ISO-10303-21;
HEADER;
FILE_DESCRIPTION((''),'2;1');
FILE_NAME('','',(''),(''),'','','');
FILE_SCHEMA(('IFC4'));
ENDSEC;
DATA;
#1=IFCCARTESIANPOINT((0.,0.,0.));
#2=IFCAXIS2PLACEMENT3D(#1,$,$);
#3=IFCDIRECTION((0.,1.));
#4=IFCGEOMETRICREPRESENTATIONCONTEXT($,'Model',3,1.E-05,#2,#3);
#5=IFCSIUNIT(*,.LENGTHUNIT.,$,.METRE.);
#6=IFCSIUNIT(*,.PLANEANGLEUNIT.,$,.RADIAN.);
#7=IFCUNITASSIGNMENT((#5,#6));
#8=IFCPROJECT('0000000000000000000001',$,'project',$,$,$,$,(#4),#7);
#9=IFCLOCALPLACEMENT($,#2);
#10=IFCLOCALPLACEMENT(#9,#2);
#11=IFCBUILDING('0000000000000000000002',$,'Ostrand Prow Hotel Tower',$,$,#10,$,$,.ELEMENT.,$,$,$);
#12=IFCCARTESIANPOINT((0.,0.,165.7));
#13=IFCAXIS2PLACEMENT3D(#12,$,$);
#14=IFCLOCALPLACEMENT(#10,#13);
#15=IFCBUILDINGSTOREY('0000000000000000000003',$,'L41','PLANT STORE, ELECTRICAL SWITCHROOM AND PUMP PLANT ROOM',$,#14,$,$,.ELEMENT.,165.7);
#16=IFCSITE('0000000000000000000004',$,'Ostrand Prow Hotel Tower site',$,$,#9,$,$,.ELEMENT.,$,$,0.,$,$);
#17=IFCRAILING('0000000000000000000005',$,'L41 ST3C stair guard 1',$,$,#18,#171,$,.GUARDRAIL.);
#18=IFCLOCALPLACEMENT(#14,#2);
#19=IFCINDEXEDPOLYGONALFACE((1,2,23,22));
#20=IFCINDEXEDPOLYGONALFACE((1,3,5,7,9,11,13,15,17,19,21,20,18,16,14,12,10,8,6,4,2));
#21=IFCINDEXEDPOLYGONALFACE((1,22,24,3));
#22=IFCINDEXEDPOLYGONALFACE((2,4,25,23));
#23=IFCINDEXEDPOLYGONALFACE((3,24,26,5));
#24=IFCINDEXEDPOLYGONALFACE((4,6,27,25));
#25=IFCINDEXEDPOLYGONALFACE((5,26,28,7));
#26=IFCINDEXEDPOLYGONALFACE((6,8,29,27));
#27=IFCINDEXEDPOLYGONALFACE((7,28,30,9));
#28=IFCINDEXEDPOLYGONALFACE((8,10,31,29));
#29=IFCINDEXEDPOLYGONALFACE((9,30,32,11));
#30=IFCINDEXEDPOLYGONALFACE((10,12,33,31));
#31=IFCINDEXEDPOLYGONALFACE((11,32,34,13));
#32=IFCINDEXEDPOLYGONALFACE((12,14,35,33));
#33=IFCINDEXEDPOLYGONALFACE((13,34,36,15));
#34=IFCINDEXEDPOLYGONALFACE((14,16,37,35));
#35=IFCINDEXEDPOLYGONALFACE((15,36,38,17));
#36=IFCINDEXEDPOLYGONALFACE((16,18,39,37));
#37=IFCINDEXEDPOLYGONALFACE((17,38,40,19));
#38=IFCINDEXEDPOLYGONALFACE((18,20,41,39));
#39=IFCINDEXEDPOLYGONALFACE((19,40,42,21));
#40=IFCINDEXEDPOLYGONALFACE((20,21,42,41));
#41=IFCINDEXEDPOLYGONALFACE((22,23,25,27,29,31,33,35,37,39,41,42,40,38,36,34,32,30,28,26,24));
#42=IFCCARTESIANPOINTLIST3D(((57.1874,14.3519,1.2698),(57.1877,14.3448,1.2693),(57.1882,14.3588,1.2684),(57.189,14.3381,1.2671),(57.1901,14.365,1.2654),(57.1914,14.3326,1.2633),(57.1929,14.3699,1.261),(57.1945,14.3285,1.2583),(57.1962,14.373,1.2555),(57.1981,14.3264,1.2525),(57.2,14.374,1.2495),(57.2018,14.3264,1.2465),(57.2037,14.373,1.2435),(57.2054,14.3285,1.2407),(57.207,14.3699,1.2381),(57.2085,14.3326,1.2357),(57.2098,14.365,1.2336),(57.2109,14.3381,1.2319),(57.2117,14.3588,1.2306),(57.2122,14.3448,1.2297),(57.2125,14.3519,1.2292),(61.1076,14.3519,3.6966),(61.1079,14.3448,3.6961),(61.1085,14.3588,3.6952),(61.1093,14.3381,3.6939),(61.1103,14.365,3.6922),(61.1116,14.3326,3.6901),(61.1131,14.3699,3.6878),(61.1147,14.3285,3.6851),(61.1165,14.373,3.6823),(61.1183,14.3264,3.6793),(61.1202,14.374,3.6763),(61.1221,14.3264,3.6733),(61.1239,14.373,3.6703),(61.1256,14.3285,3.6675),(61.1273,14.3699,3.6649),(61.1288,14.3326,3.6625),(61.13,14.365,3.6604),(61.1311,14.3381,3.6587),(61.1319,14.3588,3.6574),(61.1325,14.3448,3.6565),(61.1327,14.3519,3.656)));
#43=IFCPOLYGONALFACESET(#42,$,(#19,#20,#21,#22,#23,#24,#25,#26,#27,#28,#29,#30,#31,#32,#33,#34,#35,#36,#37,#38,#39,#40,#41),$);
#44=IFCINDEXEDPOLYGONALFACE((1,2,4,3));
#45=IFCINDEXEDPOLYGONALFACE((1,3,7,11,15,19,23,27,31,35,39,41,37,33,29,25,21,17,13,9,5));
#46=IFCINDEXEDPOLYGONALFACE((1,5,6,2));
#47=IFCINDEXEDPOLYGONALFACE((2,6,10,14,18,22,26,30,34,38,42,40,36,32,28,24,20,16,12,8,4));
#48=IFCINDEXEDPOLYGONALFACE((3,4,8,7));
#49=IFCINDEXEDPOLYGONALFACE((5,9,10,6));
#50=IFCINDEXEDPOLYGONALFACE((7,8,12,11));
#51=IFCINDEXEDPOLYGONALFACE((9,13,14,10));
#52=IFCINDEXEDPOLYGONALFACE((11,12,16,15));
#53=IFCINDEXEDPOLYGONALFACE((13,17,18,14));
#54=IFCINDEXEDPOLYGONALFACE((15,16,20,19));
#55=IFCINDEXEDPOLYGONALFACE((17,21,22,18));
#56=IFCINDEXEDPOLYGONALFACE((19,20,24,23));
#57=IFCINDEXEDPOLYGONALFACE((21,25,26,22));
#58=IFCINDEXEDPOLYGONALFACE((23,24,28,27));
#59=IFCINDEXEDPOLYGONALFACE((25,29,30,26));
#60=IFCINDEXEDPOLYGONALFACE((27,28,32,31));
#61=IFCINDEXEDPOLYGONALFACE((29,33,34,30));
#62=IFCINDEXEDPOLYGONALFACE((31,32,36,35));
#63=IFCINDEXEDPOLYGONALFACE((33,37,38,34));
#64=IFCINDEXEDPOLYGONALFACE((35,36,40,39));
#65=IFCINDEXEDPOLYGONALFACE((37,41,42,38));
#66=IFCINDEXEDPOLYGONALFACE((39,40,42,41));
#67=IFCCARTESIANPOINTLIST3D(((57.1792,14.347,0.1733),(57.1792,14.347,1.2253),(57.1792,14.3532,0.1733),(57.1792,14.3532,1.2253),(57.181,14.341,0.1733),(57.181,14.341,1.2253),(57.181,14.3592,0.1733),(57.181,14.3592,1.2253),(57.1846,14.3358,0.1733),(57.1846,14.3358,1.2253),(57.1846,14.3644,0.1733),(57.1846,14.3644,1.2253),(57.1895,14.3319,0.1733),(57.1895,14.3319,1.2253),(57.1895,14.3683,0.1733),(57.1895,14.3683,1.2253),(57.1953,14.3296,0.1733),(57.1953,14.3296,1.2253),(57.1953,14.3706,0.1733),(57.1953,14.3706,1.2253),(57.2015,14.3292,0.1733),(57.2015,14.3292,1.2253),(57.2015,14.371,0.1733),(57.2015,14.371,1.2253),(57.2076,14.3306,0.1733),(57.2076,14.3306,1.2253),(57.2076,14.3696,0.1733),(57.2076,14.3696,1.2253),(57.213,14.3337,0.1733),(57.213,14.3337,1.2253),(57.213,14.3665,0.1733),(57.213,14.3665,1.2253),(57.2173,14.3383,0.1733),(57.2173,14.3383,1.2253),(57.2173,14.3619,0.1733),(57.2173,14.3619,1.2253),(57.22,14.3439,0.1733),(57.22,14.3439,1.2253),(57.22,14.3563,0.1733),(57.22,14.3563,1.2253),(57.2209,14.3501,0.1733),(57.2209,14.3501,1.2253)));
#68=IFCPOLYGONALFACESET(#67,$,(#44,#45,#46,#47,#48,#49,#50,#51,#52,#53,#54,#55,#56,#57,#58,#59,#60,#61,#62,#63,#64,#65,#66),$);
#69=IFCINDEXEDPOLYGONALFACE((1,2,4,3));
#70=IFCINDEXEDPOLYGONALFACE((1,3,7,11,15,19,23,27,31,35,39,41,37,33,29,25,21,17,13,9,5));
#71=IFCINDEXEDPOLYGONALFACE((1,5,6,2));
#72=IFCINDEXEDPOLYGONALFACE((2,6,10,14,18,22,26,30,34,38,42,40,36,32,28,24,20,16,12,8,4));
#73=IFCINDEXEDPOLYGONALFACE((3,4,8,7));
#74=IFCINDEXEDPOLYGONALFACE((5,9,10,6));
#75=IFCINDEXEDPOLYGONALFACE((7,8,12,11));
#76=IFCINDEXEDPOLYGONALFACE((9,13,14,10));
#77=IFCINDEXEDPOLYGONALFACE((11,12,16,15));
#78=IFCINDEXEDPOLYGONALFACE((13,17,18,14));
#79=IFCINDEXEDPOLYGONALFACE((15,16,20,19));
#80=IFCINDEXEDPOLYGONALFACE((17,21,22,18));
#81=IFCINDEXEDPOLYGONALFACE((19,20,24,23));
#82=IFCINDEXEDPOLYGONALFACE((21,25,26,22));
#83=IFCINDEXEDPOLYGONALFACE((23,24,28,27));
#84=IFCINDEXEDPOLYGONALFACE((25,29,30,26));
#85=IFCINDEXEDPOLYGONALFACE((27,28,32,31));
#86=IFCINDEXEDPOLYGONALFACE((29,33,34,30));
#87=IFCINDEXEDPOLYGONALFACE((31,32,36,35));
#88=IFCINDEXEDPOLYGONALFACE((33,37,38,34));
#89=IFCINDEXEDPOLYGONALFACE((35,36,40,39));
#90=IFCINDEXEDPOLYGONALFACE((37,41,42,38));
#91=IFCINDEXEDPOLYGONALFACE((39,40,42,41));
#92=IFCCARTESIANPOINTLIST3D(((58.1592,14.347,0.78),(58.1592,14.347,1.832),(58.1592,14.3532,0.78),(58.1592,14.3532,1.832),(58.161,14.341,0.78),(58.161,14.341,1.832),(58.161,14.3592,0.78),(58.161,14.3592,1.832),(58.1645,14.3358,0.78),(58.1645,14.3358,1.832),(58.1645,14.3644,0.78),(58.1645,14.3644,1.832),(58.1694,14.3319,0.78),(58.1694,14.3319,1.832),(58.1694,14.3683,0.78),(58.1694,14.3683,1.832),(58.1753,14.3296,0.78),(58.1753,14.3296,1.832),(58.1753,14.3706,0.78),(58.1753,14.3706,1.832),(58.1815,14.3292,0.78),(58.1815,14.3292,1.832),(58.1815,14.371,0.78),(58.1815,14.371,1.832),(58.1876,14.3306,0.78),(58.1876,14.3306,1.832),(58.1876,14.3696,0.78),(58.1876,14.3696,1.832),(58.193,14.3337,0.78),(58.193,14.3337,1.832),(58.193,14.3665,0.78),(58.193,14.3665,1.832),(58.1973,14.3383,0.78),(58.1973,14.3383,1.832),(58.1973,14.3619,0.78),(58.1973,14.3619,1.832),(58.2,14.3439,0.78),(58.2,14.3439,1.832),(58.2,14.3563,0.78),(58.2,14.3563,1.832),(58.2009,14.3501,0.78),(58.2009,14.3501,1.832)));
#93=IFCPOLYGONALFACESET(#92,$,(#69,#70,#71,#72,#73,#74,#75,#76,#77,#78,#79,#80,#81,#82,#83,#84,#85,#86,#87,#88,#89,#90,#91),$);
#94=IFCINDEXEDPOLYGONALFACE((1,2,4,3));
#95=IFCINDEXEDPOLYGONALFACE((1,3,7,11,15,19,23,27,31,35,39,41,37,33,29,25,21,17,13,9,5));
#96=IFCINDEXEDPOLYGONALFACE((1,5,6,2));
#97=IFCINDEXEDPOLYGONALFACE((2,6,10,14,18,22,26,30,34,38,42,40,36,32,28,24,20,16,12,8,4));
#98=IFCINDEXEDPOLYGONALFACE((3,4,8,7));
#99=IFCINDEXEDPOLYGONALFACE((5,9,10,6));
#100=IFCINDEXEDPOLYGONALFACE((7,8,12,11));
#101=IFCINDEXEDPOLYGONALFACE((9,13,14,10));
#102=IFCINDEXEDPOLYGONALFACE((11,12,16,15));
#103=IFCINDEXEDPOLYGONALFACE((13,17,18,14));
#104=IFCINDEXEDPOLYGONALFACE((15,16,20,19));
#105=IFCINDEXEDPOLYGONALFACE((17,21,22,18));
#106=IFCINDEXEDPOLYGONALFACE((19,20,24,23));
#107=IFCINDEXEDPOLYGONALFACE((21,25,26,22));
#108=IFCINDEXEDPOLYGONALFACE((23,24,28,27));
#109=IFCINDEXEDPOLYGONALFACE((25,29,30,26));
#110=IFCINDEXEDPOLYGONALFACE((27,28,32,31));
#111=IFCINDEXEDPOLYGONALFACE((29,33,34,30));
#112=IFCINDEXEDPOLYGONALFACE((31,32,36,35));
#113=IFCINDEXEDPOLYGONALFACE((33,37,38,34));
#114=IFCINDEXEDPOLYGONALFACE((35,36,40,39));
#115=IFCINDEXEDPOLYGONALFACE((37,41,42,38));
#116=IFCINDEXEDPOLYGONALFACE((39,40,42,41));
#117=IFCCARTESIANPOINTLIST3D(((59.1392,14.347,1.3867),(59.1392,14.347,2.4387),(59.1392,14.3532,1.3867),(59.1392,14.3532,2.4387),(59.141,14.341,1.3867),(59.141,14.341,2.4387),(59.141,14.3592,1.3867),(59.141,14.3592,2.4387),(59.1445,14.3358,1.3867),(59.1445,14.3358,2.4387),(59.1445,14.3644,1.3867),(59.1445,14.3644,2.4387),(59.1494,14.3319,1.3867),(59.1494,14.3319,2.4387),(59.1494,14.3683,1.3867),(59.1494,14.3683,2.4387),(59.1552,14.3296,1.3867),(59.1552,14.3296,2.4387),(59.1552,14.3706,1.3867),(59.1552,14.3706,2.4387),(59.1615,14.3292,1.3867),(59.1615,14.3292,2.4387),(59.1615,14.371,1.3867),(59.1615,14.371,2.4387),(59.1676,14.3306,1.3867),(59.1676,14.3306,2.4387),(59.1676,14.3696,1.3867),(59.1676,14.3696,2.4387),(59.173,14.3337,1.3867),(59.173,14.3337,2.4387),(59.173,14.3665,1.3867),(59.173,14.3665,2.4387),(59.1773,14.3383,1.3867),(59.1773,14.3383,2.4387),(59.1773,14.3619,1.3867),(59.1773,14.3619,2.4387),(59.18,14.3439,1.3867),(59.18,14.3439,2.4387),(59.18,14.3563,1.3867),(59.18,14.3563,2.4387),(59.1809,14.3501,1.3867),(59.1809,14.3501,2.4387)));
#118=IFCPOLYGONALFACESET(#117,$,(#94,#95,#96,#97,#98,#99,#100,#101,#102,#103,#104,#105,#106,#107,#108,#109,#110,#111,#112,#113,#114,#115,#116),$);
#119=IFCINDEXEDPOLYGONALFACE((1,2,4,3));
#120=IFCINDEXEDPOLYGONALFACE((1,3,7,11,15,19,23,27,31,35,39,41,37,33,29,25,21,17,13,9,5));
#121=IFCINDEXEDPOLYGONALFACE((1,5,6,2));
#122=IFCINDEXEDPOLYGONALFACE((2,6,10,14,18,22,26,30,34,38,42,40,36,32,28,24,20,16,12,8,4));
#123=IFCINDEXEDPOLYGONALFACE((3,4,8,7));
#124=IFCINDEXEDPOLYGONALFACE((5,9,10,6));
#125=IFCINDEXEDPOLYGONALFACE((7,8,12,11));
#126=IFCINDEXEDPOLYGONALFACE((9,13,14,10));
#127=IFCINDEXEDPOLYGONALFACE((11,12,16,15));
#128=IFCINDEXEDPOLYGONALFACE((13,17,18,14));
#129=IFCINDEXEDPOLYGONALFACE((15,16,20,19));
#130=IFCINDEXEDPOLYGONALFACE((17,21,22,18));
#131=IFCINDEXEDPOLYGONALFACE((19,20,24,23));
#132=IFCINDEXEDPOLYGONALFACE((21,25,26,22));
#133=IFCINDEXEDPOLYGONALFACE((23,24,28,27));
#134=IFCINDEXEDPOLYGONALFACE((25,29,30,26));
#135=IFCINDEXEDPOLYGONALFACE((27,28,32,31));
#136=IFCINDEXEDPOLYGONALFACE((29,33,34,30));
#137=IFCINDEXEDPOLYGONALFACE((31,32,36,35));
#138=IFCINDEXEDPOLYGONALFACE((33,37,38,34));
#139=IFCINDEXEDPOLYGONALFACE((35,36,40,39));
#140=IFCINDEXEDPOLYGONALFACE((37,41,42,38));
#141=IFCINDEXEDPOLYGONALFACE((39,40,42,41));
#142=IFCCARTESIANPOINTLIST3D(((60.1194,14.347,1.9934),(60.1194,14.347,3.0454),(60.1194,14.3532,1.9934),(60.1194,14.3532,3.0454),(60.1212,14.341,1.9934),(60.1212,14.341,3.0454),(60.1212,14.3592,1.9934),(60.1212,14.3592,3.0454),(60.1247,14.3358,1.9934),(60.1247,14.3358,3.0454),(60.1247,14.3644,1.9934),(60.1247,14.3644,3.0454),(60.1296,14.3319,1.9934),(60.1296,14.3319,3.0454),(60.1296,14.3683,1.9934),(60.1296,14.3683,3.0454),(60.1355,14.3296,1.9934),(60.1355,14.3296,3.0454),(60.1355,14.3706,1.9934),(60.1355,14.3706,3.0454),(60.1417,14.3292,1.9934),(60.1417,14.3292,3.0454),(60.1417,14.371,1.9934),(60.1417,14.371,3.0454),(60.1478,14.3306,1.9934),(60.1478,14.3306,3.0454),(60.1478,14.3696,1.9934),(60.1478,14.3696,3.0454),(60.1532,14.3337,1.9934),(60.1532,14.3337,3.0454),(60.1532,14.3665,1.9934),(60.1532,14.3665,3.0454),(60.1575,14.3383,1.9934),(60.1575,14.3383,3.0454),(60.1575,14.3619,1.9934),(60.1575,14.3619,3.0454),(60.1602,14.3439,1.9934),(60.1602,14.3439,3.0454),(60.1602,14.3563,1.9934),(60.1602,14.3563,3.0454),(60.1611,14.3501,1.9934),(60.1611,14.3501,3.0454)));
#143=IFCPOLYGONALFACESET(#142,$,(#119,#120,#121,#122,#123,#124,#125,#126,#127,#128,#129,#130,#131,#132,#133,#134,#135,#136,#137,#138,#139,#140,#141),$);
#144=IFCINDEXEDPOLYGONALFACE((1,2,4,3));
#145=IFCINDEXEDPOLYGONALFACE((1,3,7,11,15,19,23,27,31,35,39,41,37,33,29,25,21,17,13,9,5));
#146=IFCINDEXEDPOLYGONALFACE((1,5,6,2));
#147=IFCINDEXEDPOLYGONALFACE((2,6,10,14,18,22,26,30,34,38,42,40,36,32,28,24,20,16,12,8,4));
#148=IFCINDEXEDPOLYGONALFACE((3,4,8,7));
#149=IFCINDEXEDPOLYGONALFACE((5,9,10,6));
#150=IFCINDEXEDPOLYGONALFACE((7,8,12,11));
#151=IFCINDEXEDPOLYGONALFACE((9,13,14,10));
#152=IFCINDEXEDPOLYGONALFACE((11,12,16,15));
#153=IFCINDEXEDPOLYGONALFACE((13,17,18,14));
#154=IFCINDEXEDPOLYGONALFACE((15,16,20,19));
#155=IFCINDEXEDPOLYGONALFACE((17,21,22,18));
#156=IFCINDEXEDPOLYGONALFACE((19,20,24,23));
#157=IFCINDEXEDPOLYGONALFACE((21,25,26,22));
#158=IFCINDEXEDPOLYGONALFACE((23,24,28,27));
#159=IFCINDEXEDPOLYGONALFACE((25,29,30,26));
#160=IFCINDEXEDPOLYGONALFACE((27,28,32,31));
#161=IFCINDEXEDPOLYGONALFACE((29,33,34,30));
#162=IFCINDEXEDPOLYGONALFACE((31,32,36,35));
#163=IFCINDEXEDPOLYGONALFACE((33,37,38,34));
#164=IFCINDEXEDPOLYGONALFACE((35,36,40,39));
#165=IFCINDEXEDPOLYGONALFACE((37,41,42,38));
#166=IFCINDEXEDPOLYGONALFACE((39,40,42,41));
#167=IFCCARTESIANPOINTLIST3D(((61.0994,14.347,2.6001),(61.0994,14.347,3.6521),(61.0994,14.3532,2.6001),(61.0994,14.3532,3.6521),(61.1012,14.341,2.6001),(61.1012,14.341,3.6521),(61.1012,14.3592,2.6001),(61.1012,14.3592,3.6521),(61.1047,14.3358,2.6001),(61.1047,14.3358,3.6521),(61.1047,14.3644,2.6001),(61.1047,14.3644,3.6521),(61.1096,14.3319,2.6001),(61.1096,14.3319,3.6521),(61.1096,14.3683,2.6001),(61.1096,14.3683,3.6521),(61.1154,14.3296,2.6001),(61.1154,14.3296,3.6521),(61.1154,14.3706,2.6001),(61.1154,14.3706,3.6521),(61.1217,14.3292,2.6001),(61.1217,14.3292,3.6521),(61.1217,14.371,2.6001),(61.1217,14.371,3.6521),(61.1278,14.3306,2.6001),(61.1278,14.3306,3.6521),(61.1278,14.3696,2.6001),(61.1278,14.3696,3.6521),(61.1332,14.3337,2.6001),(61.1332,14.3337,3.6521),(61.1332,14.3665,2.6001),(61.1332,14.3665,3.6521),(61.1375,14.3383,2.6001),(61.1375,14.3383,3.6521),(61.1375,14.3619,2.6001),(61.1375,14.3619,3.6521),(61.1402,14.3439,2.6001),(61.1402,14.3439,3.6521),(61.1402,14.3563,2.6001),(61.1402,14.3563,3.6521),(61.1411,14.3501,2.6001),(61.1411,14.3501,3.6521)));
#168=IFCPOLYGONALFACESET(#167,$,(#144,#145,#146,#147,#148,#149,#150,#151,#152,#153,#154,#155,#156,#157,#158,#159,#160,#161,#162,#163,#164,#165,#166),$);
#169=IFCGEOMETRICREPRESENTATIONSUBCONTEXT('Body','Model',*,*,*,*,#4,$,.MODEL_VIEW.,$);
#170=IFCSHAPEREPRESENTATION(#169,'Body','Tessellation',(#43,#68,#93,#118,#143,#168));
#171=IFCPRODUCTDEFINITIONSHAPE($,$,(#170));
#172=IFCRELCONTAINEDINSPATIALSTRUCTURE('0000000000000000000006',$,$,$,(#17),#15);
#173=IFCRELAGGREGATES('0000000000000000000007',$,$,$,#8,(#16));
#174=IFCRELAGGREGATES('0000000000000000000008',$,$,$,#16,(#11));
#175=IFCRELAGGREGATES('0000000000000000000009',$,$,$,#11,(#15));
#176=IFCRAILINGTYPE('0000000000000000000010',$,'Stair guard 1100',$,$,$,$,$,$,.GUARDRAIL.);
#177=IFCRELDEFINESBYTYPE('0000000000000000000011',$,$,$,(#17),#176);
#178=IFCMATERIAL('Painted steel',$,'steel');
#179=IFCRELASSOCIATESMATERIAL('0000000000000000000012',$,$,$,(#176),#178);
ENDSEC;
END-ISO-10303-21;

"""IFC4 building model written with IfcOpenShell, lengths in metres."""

from ifc_helpers import new_model, si_unit, direction, frame, origin, origin_2d, place, context, subcontext, project, spatial, circle, extrude, material, type_object, element, save


model = new_model("IFC4")

# Units and contexts
model_context = context("Model", 3, precision=1e-05, world=origin(), true_north=direction((0.0, 1.0)))
body_context = subcontext(model_context, "Body", "Model", "MODEL_VIEW")
ifc_project = project(units=[si_unit("LENGTHUNIT", "METRE"), si_unit("PLANEANGLEUNIT", "RADIAN")], contexts=[model_context])

# Site, building, storey
site_placement = place(None, origin())
site = spatial("IfcSite", under=ifc_project, at=site_placement, Name="Ostrand Prow Hotel Tower site", CompositionType="ELEMENT", RefElevation=0.0)
building_placement = place(site_placement, origin())
building = spatial("IfcBuilding", under=site, at=building_placement, Name="Ostrand Prow Hotel Tower", CompositionType="ELEMENT")
storey_placement = place(building_placement, frame((0.0, 0.0, 165.7)))
storey = spatial("IfcBuildingStorey", under=building, at=storey_placement, Name="L41", Description="PLANT STORE, ELECTRICAL SWITCHROOM AND PUMP PLANT ROOM", CompositionType="ELEMENT", Elevation=165.7)

# Railing
ifc_material_1 = material(Name="Painted steel", Category="steel")
railing_type_1 = type_object("IfcRailingType", Name="Stair guard 1100", PredefinedType="GUARDRAIL", material=ifc_material_1)
railing_1_placement = place(storey_placement, frame((57.2, 14.3501, 0.1733)))
element("IfcRailing", 1, at=railing_1_placement, inside=storey, type_object=railing_type_1, Name="L41 ST3C stair guard 1", PredefinedType="GUARDRAIL", context=body_context, shape_type="SweptSolid", body=[
    extrude(circle(Radius=0.0239, at=origin_2d()), frame((0.0, 0.0, 1.0762), z_axis=(0.850266, 0.0, 0.526353), x_axis=(0.0, 1.0, 0.0)), (0.0, 0.0, 1.0), 4.6106),
    extrude(circle(Radius=0.021, at=origin_2d()), origin(), (0.0, 0.0, 1.0), 1.052),
    extrude(circle(Radius=0.021, at=origin_2d()), frame((0.98, 0.0, 0.6067)), (0.0, 0.0, 1.0), 1.052),
    extrude(circle(Radius=0.021, at=origin_2d()), frame((1.96, 0.0, 1.2134)), (0.0, 0.0, 1.0), 1.052),
    extrude(circle(Radius=0.021, at=origin_2d()), frame((2.9402, 0.0, 1.8201)), (0.0, 0.0, 1.0), 1.052),
    extrude(circle(Radius=0.021, at=origin_2d()), frame((3.9202, 0.0, 2.4268)), (0.0, 0.0, 1.0), 1.052),
])

save(model, "model.ifc")
